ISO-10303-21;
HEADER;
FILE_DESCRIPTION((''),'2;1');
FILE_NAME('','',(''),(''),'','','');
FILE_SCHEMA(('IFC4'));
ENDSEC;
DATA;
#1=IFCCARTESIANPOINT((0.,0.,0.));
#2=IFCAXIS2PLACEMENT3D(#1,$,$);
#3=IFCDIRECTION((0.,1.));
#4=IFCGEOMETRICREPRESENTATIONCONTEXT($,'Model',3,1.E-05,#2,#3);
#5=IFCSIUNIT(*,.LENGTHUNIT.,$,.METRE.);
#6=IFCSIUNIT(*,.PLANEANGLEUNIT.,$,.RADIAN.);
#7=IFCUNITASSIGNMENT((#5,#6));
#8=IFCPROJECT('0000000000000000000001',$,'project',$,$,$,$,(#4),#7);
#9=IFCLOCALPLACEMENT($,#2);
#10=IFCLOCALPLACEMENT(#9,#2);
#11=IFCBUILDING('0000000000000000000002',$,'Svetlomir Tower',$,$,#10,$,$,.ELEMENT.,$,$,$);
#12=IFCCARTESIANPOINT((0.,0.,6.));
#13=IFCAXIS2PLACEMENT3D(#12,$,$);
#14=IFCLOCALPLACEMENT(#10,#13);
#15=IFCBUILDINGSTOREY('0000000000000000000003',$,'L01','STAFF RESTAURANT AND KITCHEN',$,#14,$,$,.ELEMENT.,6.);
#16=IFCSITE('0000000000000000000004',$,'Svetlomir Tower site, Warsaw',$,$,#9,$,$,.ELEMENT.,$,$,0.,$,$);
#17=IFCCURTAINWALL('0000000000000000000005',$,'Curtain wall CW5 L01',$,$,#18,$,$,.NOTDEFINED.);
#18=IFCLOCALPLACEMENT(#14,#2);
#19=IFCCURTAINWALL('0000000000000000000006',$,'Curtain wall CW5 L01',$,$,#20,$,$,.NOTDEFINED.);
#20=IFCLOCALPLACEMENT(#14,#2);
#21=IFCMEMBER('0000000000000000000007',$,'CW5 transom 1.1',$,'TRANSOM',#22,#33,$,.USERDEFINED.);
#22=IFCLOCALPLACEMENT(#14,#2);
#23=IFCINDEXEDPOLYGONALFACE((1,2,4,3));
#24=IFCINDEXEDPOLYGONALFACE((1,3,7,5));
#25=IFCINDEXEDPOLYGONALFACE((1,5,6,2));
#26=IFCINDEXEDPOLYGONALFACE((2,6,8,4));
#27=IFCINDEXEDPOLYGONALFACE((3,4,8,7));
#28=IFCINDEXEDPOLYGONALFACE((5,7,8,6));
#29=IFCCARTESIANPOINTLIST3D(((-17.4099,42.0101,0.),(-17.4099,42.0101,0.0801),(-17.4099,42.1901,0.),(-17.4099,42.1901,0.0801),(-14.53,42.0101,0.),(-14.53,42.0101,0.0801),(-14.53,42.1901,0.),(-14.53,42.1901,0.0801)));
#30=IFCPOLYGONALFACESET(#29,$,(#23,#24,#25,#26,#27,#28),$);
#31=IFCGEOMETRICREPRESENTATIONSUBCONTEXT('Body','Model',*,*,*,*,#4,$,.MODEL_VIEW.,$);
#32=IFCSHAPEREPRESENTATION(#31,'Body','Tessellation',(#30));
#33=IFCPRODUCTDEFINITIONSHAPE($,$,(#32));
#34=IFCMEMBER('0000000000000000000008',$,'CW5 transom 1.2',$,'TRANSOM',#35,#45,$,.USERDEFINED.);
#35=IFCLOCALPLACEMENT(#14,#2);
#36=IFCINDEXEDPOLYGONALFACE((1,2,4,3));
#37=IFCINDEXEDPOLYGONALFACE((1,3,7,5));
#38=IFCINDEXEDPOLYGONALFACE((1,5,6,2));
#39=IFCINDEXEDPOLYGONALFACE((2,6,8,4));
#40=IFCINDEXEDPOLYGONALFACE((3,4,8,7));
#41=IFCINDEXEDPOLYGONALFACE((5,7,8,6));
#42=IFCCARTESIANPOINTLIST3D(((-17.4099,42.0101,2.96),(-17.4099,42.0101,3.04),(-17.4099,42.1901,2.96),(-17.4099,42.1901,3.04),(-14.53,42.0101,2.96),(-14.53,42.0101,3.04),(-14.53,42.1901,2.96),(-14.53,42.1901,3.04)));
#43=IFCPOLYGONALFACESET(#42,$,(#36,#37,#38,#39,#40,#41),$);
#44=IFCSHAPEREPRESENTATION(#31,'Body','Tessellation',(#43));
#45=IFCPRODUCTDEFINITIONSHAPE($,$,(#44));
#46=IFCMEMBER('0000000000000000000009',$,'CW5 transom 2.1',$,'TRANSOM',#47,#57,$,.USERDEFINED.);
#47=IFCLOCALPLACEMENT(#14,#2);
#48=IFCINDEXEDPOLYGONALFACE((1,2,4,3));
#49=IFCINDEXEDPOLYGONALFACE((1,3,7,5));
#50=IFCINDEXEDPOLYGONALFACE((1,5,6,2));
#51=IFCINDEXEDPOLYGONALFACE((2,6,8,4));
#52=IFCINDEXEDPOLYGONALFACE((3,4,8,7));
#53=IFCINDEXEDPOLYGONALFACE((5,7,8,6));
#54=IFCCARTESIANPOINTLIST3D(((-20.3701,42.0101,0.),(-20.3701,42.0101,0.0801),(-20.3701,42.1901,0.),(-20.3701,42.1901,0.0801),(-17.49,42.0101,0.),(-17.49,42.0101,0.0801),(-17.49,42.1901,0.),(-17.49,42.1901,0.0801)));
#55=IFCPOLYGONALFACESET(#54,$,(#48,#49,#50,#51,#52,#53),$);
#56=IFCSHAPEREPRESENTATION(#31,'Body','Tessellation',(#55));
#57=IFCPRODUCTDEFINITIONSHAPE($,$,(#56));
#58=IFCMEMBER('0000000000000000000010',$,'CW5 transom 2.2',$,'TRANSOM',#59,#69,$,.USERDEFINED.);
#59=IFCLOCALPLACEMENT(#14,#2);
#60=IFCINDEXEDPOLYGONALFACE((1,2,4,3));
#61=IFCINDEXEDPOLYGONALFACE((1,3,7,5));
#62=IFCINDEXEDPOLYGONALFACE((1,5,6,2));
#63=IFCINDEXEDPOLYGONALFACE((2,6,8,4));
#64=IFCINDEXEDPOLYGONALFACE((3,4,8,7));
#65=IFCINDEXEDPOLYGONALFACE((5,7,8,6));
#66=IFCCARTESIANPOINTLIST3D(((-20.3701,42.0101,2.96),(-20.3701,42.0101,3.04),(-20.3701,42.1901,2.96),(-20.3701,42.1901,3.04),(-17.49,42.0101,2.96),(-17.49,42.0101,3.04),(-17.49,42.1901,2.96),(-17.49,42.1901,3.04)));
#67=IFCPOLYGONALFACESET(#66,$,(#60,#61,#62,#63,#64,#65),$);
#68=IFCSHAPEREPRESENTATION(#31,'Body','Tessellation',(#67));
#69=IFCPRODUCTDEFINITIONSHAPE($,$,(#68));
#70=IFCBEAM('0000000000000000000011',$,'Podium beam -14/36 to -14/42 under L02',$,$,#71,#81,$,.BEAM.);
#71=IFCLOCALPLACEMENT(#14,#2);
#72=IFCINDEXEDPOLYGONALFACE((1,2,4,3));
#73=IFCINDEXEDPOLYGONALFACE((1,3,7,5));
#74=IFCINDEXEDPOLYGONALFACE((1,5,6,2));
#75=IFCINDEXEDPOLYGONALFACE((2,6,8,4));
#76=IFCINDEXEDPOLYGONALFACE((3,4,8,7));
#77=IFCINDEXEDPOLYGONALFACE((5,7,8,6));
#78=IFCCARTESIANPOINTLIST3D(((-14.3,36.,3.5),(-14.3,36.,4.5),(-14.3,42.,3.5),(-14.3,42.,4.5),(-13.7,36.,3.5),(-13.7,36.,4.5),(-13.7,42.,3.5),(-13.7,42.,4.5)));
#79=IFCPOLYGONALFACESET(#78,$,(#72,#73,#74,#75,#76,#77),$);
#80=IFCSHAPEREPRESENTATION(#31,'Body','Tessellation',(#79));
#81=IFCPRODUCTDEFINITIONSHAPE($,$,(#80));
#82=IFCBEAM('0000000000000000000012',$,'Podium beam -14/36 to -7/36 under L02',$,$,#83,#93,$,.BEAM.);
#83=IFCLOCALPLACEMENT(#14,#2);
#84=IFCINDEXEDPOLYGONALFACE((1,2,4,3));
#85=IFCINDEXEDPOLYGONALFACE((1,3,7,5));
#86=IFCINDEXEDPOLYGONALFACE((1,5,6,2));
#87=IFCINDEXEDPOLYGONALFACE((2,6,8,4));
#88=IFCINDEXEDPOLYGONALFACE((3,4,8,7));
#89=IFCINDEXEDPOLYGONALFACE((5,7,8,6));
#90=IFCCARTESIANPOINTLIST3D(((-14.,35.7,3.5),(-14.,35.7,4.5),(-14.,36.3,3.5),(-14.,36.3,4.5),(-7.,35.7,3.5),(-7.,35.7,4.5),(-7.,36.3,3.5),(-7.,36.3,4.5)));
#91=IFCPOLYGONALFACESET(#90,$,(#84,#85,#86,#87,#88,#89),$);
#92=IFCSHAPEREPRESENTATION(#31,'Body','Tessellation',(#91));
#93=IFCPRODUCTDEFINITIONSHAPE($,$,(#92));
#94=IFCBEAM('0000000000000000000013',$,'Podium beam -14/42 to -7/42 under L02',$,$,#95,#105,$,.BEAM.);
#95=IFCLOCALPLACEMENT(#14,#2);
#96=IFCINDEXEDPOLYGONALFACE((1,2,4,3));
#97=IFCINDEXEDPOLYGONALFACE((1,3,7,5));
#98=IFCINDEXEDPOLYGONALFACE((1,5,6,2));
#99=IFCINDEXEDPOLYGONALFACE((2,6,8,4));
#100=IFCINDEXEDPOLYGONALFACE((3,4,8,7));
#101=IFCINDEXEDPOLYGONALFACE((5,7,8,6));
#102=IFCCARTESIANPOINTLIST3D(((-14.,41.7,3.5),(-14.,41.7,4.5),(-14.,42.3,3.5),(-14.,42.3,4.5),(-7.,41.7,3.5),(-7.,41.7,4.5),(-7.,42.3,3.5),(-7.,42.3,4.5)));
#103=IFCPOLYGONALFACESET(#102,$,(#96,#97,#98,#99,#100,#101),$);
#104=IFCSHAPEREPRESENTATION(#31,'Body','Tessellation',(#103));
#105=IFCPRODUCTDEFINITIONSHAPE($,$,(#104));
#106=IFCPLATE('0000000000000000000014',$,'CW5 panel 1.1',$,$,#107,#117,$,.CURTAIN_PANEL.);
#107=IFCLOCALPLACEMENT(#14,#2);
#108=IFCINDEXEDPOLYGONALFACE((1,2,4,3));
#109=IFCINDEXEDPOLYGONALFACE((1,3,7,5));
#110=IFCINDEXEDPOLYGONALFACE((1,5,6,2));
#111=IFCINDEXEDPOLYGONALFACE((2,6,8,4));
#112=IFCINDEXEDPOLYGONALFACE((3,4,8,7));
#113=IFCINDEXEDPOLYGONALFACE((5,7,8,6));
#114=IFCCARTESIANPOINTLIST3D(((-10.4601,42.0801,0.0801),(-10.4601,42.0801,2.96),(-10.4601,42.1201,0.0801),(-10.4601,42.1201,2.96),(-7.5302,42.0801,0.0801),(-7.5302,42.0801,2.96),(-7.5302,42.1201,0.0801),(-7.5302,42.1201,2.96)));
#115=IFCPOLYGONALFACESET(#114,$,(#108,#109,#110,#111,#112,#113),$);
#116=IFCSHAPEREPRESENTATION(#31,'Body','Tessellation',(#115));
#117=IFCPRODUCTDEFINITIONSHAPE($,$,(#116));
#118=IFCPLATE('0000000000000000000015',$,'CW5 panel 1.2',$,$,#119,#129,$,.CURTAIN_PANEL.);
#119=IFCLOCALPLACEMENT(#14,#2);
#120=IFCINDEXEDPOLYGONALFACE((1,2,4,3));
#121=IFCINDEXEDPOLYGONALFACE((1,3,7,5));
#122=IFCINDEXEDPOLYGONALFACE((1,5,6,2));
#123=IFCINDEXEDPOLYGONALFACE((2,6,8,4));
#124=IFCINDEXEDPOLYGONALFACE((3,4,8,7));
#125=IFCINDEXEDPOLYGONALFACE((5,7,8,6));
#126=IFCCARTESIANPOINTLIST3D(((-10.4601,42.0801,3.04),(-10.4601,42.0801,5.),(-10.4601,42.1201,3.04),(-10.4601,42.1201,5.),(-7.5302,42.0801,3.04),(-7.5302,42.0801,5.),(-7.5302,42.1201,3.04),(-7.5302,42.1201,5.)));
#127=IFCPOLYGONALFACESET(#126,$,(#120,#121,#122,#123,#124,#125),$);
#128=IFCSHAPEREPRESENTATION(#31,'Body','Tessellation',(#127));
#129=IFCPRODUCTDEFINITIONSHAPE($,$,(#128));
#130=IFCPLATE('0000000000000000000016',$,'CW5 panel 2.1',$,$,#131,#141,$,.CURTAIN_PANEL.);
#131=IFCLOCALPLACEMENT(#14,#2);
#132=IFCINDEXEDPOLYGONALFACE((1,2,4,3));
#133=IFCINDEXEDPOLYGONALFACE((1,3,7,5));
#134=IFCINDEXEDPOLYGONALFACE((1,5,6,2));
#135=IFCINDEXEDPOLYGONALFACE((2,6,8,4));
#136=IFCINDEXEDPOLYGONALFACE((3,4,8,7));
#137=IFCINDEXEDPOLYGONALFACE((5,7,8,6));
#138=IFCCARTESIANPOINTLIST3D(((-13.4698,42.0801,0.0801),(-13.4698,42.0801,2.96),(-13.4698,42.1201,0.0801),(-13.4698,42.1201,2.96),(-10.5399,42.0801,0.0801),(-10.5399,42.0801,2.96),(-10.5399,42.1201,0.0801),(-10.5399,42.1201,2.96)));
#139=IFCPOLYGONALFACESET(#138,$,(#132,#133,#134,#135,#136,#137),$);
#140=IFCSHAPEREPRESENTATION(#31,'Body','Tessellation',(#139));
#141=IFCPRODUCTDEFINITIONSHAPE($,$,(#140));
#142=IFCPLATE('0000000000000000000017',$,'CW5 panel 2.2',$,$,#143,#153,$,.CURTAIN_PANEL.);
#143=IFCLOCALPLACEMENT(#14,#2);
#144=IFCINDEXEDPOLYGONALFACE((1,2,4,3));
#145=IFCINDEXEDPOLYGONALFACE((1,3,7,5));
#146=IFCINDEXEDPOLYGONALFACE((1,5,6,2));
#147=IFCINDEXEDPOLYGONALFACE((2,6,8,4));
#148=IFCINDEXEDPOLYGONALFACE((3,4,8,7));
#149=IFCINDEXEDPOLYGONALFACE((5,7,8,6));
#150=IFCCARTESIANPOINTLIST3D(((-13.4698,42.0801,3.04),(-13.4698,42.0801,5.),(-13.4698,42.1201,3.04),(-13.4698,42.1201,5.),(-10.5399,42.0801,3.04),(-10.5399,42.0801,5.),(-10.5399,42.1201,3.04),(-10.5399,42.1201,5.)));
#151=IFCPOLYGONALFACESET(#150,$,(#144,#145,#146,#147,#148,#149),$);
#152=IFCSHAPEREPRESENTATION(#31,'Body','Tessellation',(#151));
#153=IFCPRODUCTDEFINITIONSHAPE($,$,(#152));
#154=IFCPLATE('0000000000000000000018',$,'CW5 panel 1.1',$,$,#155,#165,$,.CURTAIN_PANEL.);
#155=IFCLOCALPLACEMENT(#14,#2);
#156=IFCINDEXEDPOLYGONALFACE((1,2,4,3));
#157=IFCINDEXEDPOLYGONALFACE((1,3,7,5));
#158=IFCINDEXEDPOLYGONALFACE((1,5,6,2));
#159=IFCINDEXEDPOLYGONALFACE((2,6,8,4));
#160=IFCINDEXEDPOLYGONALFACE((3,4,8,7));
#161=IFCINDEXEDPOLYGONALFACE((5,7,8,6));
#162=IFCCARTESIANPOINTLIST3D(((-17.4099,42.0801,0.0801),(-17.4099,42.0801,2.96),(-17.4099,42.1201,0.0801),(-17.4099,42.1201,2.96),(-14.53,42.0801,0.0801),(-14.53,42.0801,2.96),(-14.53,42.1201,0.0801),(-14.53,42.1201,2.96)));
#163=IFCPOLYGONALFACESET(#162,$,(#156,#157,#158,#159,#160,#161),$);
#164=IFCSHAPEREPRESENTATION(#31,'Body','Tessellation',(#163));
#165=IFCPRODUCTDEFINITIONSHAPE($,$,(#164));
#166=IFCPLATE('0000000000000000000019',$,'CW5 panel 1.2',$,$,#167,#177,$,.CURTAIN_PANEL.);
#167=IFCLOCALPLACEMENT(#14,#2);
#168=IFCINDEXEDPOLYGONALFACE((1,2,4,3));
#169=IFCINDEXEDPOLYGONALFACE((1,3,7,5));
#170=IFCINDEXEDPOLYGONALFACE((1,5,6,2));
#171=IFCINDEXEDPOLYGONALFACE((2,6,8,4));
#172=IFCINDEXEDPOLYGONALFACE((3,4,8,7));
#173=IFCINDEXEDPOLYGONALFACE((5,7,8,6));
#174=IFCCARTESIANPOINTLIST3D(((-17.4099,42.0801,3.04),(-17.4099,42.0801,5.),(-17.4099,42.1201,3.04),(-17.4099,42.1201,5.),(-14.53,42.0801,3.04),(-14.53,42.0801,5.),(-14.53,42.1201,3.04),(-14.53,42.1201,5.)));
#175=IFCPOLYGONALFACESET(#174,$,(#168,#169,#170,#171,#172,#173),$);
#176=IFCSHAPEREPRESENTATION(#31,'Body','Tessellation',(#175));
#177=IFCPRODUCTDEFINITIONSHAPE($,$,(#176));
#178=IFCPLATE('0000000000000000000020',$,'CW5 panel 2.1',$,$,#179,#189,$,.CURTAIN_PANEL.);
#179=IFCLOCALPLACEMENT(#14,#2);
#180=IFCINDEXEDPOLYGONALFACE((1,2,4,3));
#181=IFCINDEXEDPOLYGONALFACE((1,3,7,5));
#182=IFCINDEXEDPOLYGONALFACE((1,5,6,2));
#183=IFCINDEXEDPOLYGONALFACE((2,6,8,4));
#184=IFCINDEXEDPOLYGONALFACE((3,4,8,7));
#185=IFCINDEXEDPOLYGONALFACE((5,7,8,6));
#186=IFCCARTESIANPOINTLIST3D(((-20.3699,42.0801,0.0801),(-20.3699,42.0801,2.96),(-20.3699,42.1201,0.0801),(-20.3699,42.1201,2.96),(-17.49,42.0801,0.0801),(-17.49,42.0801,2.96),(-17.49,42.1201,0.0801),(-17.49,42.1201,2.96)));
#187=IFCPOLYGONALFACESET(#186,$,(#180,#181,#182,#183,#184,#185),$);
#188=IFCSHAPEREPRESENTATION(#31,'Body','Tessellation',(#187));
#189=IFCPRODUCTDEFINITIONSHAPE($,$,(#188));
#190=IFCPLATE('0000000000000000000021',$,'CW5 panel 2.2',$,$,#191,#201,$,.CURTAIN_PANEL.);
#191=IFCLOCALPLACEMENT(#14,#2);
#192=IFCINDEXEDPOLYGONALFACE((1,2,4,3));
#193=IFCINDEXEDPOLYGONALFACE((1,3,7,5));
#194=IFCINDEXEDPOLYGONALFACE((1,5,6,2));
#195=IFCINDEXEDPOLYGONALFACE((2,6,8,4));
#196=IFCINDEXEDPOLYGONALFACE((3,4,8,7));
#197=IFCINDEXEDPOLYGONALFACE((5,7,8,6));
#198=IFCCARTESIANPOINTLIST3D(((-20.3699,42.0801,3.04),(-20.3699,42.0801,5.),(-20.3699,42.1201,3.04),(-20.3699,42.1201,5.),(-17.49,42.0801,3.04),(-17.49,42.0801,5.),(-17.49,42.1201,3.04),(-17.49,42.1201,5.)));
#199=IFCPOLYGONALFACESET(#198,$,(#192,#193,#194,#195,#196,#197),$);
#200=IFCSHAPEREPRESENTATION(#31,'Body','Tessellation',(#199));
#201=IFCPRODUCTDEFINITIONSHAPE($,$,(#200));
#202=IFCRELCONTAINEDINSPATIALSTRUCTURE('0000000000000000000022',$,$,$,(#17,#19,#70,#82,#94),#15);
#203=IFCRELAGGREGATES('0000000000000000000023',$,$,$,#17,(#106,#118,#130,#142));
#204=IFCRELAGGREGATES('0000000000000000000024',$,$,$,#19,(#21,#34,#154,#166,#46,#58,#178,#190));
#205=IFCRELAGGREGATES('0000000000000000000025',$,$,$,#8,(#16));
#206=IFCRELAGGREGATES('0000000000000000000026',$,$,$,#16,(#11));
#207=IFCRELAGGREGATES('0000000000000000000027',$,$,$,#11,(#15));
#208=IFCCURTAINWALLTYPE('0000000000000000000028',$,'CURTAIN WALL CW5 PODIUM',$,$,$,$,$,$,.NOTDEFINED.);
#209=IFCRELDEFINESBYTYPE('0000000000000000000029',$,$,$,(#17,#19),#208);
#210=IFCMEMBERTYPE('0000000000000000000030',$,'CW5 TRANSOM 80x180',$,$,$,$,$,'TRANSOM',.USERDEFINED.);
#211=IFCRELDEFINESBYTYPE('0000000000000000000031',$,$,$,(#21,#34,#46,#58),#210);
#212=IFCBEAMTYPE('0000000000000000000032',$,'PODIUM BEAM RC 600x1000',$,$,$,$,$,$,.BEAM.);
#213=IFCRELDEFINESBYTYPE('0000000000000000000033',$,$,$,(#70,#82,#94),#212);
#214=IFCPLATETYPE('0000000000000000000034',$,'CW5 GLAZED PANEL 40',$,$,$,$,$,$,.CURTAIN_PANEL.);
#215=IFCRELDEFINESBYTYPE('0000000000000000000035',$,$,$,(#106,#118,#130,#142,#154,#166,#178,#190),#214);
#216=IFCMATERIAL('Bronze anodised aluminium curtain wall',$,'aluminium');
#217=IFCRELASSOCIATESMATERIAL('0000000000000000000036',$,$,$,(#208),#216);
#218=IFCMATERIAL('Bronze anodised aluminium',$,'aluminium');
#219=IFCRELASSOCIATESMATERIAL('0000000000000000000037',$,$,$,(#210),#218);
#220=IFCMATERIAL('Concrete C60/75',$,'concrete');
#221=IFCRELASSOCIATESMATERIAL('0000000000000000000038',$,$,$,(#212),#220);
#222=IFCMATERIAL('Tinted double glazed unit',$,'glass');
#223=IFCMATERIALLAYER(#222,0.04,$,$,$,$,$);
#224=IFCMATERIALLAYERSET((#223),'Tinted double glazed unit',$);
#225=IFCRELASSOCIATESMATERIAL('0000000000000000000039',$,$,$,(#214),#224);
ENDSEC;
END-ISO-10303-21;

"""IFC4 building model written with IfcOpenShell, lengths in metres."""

from ifc_helpers import new_model, si_unit, direction, frame, origin, origin_2d, place, context, subcontext, project, spatial, rectangle, extrude, material, layer, layer_set, material_profile, profile_set, type_object, element, aggregate, save


model = new_model("IFC4")

# Units and contexts
model_context = context("Model", 3, precision=1e-05, world=origin(), true_north=direction((0.0, 1.0)))
body_context = subcontext(model_context, "Body", "Model", "MODEL_VIEW")
ifc_project = project(units=[si_unit("LENGTHUNIT", "METRE"), si_unit("PLANEANGLEUNIT", "RADIAN")], contexts=[model_context])

# Site, building, storey
site_placement = place(None, origin())
site = spatial("IfcSite", under=ifc_project, at=site_placement, Name="Svetlomir Tower site, Warsaw", CompositionType="ELEMENT", RefElevation=0.0)
building_placement = place(site_placement, origin())
building = spatial("IfcBuilding", under=site, at=building_placement, Name="Svetlomir Tower", CompositionType="ELEMENT")
storey_placement = place(building_placement, frame((0.0, 0.0, 6.0)))
storey = spatial("IfcBuildingStorey", under=building, at=storey_placement, Name="L01", Description="STAFF RESTAURANT AND KITCHEN", CompositionType="ELEMENT", Elevation=6.0)

# Curtain walls
ifc_material_1 = material(Name="Bronze anodised aluminium curtain wall", Category="aluminium")
curtain_wall_type = type_object("IfcCurtainWallType", Name="CURTAIN WALL CW5 PODIUM", PredefinedType="NOTDEFINED", material=ifc_material_1)
curtain_wall_1_placement = place(storey_placement, origin())
curtain_wall_1 = element("IfcCurtainWall", 1, at=curtain_wall_1_placement, inside=storey, type_object=curtain_wall_type, Name="Curtain wall CW5 L01", PredefinedType="NOTDEFINED")
curtain_wall_2_placement = place(storey_placement, origin())
curtain_wall_2 = element("IfcCurtainWall", 2, at=curtain_wall_2_placement, inside=storey, type_object=curtain_wall_type, Name="Curtain wall CW5 L01", PredefinedType="NOTDEFINED")

# Members
ifc_material_2 = material(Name="Bronze anodised aluminium", Category="aluminium")
ifc_material_profile_1 = material_profile(ifc_material_2, rectangle(XDim=0.1799, YDim=0.0801, at=origin_2d()), Name="AL 180x80")
ifc_profile_set_1 = profile_set([ifc_material_profile_1], Name="Bronze anodised aluminium 6063-T6")
member_type_1 = type_object("IfcMemberType", Name="CW5 TRANSOM 80x180", ElementType="TRANSOM", PredefinedType="USERDEFINED", material=ifc_profile_set_1)
member_1_placement = place(storey_placement, frame((-14.53, 42.1001, 0.04), z_axis=(-1.0, 0.0, 0.0), x_axis=(0.0, -1.0, 0.0)))
member_1 = element("IfcMember", 3, at=member_1_placement, type_object=member_type_1, Name="CW5 transom 1.1", ObjectType="TRANSOM", PredefinedType="USERDEFINED", context=body_context, shape_type="SweptSolid", body=[
    extrude(rectangle(XDim=0.1799, YDim=0.0801, at=origin_2d()), origin(), (0.0, 0.0, 1.0), 2.8799),
])
member_2_placement = place(storey_placement, frame((-14.53, 42.1001, 3.0), z_axis=(-1.0, 0.0, 0.0), x_axis=(0.0, -1.0, 0.0)))
member_2 = element("IfcMember", 4, at=member_2_placement, type_object=member_type_1, Name="CW5 transom 1.2", ObjectType="TRANSOM", PredefinedType="USERDEFINED", context=body_context, shape_type="SweptSolid", body=[
    extrude(rectangle(XDim=0.1799, YDim=0.0801, at=origin_2d()), origin(), (0.0, 0.0, 1.0), 2.8799),
])
member_3_placement = place(storey_placement, frame((-17.49, 42.1001, 0.04), z_axis=(-1.0, 0.0, 0.0), x_axis=(0.0, -1.0, 0.0)))
member_3 = element("IfcMember", 5, at=member_3_placement, type_object=member_type_1, Name="CW5 transom 2.1", ObjectType="TRANSOM", PredefinedType="USERDEFINED", context=body_context, shape_type="SweptSolid", body=[
    extrude(rectangle(XDim=0.1799, YDim=0.0801, at=origin_2d()), origin(), (0.0, 0.0, 1.0), 2.8801),
])
member_4_placement = place(storey_placement, frame((-17.49, 42.1001, 3.0), z_axis=(-1.0, 0.0, 0.0), x_axis=(0.0, -1.0, 0.0)))
member_4 = element("IfcMember", 6, at=member_4_placement, type_object=member_type_1, Name="CW5 transom 2.2", ObjectType="TRANSOM", PredefinedType="USERDEFINED", context=body_context, shape_type="SweptSolid", body=[
    extrude(rectangle(XDim=0.1799, YDim=0.0801, at=origin_2d()), origin(), (0.0, 0.0, 1.0), 2.8801),
])

# Beams
ifc_material_3 = material(Name="Concrete C60/75", Category="concrete")
ifc_material_profile_2 = material_profile(ifc_material_3, rectangle(XDim=0.6001, YDim=1.0, at=origin_2d()), Name="RC 600x1000")
ifc_profile_set_2 = profile_set([ifc_material_profile_2], Name="Concrete C60/75")
beam_type = type_object("IfcBeamType", Name="PODIUM BEAM RC 600x1000", PredefinedType="BEAM", material=ifc_profile_set_2)
beam_placement = place(storey_placement, frame((-14.0, 36.0, 4.0), z_axis=(0.0, 1.0, 0.0), x_axis=(-1.0, 0.0, 0.0)))
element("IfcBeam", 7, at=beam_placement, inside=storey, type_object=beam_type, Name="Podium beam -14/36 to -14/42 under L02", PredefinedType="BEAM", context=body_context, shape_type="SweptSolid", body=[
    extrude(rectangle(XDim=0.6001, YDim=1.0, at=origin_2d()), origin(), (0.0, 0.0, 1.0), 6.0),
])
for number, where, z_axis, x_axis, name in (
    (8, (-14.0, 36.0, 4.0), (1.0, 0.0, 0.0), (0.0, 1.0, 0.0), "Podium beam -14/36 to -7/36 under L02"),
    (9, (-14.0, 42.0, 4.0), (1.0, 0.0, 0.0), (0.0, 1.0, 0.0), "Podium beam -14/42 to -7/42 under L02"),
):
    element("IfcBeam", number, at=place(storey_placement, frame(where, z_axis=z_axis, x_axis=x_axis)), inside=storey, type_object=beam_type, Name=name, PredefinedType="BEAM", context=body_context, shape_type="SweptSolid", body=[
        extrude(rectangle(XDim=0.6001, YDim=1.0, at=origin_2d()), origin(), (0.0, 0.0, 1.0), 7.0),
    ])

# Plates
ifc_material_4 = material(Name="Tinted double glazed unit", Category="glass")
ifc_layer = layer(ifc_material_4, 0.04)
ifc_layer_set = layer_set([ifc_layer], Name="Tinted double glazed unit")
plate_type = type_object("IfcPlateType", Name="CW5 GLAZED PANEL 40", PredefinedType="CURTAIN_PANEL", material=ifc_layer_set)
plate_1_placement = place(storey_placement, frame((-8.9951, 42.1001, 0.0801), z_axis=(0.0, 0.0, 1.0), x_axis=(-1.0, 0.0, 0.0)))
plate_1 = element("IfcPlate", 10, at=plate_1_placement, type_object=plate_type, Name="CW5 panel 1.1", PredefinedType="CURTAIN_PANEL", context=body_context, shape_type="SweptSolid", body=[
    extrude(rectangle(XDim=2.9299, YDim=0.04, at=origin_2d()), origin(), (0.0, 0.0, 1.0), 2.8799),
])
plate_2_placement = place(storey_placement, frame((-8.9951, 42.1001, 3.04), z_axis=(0.0, 0.0, 1.0), x_axis=(-1.0, 0.0, 0.0)))
plate_2 = element("IfcPlate", 11, at=plate_2_placement, type_object=plate_type, Name="CW5 panel 1.2", PredefinedType="CURTAIN_PANEL", context=body_context, shape_type="SweptSolid", body=[
    extrude(rectangle(XDim=2.9299, YDim=0.04, at=origin_2d()), origin(), (0.0, 0.0, 1.0), 1.96),
])
plate_3_placement = place(storey_placement, frame((-12.0049, 42.1001, 0.0801), z_axis=(0.0, 0.0, 1.0), x_axis=(-1.0, 0.0, 0.0)))
plate_3 = element("IfcPlate", 12, at=plate_3_placement, type_object=plate_type, Name="CW5 panel 2.1", PredefinedType="CURTAIN_PANEL", context=body_context, shape_type="SweptSolid", body=[
    extrude(rectangle(XDim=2.9299, YDim=0.04, at=origin_2d()), origin(), (0.0, 0.0, 1.0), 2.8799),
])
plate_4_placement = place(storey_placement, frame((-12.0049, 42.1001, 3.04), z_axis=(0.0, 0.0, 1.0), x_axis=(-1.0, 0.0, 0.0)))
plate_4 = element("IfcPlate", 13, at=plate_4_placement, type_object=plate_type, Name="CW5 panel 2.2", PredefinedType="CURTAIN_PANEL", context=body_context, shape_type="SweptSolid", body=[
    extrude(rectangle(XDim=2.9299, YDim=0.04, at=origin_2d()), origin(), (0.0, 0.0, 1.0), 1.96),
])
aggregate(curtain_wall_1, [plate_1, plate_2, plate_3, plate_4])
plate_5_placement = place(storey_placement, frame((-15.97, 42.1001, 0.0801), z_axis=(0.0, 0.0, 1.0), x_axis=(-1.0, 0.0, 0.0)))
plate_5 = element("IfcPlate", 14, at=plate_5_placement, type_object=plate_type, Name="CW5 panel 1.1", PredefinedType="CURTAIN_PANEL", context=body_context, shape_type="SweptSolid", body=[
    extrude(rectangle(XDim=2.8799, YDim=0.04, at=origin_2d()), origin(), (0.0, 0.0, 1.0), 2.8799),
])
plate_6_placement = place(storey_placement, frame((-15.97, 42.1001, 3.04), z_axis=(0.0, 0.0, 1.0), x_axis=(-1.0, 0.0, 0.0)))
plate_6 = element("IfcPlate", 15, at=plate_6_placement, type_object=plate_type, Name="CW5 panel 1.2", PredefinedType="CURTAIN_PANEL", context=body_context, shape_type="SweptSolid", body=[
    extrude(rectangle(XDim=2.8799, YDim=0.04, at=origin_2d()), origin(), (0.0, 0.0, 1.0), 1.96),
])
plate_7_placement = place(storey_placement, frame((-18.9299, 42.1001, 0.0801), z_axis=(0.0, 0.0, 1.0), x_axis=(-1.0, 0.0, 0.0)))
plate_7 = element("IfcPlate", 16, at=plate_7_placement, type_object=plate_type, Name="CW5 panel 2.1", PredefinedType="CURTAIN_PANEL", context=body_context, shape_type="SweptSolid", body=[
    extrude(rectangle(XDim=2.8799, YDim=0.04, at=origin_2d()), origin(), (0.0, 0.0, 1.0), 2.8799),
])
plate_8_placement = place(storey_placement, frame((-18.9299, 42.1001, 3.04), z_axis=(0.0, 0.0, 1.0), x_axis=(-1.0, 0.0, 0.0)))
plate_8 = element("IfcPlate", 17, at=plate_8_placement, type_object=plate_type, Name="CW5 panel 2.2", PredefinedType="CURTAIN_PANEL", context=body_context, shape_type="SweptSolid", body=[
    extrude(rectangle(XDim=2.8799, YDim=0.04, at=origin_2d()), origin(), (0.0, 0.0, 1.0), 1.96),
])
aggregate(curtain_wall_2, [member_1, member_2, plate_5, plate_6, member_3, member_4, plate_7, plate_8])

save(model, "model.ifc")
